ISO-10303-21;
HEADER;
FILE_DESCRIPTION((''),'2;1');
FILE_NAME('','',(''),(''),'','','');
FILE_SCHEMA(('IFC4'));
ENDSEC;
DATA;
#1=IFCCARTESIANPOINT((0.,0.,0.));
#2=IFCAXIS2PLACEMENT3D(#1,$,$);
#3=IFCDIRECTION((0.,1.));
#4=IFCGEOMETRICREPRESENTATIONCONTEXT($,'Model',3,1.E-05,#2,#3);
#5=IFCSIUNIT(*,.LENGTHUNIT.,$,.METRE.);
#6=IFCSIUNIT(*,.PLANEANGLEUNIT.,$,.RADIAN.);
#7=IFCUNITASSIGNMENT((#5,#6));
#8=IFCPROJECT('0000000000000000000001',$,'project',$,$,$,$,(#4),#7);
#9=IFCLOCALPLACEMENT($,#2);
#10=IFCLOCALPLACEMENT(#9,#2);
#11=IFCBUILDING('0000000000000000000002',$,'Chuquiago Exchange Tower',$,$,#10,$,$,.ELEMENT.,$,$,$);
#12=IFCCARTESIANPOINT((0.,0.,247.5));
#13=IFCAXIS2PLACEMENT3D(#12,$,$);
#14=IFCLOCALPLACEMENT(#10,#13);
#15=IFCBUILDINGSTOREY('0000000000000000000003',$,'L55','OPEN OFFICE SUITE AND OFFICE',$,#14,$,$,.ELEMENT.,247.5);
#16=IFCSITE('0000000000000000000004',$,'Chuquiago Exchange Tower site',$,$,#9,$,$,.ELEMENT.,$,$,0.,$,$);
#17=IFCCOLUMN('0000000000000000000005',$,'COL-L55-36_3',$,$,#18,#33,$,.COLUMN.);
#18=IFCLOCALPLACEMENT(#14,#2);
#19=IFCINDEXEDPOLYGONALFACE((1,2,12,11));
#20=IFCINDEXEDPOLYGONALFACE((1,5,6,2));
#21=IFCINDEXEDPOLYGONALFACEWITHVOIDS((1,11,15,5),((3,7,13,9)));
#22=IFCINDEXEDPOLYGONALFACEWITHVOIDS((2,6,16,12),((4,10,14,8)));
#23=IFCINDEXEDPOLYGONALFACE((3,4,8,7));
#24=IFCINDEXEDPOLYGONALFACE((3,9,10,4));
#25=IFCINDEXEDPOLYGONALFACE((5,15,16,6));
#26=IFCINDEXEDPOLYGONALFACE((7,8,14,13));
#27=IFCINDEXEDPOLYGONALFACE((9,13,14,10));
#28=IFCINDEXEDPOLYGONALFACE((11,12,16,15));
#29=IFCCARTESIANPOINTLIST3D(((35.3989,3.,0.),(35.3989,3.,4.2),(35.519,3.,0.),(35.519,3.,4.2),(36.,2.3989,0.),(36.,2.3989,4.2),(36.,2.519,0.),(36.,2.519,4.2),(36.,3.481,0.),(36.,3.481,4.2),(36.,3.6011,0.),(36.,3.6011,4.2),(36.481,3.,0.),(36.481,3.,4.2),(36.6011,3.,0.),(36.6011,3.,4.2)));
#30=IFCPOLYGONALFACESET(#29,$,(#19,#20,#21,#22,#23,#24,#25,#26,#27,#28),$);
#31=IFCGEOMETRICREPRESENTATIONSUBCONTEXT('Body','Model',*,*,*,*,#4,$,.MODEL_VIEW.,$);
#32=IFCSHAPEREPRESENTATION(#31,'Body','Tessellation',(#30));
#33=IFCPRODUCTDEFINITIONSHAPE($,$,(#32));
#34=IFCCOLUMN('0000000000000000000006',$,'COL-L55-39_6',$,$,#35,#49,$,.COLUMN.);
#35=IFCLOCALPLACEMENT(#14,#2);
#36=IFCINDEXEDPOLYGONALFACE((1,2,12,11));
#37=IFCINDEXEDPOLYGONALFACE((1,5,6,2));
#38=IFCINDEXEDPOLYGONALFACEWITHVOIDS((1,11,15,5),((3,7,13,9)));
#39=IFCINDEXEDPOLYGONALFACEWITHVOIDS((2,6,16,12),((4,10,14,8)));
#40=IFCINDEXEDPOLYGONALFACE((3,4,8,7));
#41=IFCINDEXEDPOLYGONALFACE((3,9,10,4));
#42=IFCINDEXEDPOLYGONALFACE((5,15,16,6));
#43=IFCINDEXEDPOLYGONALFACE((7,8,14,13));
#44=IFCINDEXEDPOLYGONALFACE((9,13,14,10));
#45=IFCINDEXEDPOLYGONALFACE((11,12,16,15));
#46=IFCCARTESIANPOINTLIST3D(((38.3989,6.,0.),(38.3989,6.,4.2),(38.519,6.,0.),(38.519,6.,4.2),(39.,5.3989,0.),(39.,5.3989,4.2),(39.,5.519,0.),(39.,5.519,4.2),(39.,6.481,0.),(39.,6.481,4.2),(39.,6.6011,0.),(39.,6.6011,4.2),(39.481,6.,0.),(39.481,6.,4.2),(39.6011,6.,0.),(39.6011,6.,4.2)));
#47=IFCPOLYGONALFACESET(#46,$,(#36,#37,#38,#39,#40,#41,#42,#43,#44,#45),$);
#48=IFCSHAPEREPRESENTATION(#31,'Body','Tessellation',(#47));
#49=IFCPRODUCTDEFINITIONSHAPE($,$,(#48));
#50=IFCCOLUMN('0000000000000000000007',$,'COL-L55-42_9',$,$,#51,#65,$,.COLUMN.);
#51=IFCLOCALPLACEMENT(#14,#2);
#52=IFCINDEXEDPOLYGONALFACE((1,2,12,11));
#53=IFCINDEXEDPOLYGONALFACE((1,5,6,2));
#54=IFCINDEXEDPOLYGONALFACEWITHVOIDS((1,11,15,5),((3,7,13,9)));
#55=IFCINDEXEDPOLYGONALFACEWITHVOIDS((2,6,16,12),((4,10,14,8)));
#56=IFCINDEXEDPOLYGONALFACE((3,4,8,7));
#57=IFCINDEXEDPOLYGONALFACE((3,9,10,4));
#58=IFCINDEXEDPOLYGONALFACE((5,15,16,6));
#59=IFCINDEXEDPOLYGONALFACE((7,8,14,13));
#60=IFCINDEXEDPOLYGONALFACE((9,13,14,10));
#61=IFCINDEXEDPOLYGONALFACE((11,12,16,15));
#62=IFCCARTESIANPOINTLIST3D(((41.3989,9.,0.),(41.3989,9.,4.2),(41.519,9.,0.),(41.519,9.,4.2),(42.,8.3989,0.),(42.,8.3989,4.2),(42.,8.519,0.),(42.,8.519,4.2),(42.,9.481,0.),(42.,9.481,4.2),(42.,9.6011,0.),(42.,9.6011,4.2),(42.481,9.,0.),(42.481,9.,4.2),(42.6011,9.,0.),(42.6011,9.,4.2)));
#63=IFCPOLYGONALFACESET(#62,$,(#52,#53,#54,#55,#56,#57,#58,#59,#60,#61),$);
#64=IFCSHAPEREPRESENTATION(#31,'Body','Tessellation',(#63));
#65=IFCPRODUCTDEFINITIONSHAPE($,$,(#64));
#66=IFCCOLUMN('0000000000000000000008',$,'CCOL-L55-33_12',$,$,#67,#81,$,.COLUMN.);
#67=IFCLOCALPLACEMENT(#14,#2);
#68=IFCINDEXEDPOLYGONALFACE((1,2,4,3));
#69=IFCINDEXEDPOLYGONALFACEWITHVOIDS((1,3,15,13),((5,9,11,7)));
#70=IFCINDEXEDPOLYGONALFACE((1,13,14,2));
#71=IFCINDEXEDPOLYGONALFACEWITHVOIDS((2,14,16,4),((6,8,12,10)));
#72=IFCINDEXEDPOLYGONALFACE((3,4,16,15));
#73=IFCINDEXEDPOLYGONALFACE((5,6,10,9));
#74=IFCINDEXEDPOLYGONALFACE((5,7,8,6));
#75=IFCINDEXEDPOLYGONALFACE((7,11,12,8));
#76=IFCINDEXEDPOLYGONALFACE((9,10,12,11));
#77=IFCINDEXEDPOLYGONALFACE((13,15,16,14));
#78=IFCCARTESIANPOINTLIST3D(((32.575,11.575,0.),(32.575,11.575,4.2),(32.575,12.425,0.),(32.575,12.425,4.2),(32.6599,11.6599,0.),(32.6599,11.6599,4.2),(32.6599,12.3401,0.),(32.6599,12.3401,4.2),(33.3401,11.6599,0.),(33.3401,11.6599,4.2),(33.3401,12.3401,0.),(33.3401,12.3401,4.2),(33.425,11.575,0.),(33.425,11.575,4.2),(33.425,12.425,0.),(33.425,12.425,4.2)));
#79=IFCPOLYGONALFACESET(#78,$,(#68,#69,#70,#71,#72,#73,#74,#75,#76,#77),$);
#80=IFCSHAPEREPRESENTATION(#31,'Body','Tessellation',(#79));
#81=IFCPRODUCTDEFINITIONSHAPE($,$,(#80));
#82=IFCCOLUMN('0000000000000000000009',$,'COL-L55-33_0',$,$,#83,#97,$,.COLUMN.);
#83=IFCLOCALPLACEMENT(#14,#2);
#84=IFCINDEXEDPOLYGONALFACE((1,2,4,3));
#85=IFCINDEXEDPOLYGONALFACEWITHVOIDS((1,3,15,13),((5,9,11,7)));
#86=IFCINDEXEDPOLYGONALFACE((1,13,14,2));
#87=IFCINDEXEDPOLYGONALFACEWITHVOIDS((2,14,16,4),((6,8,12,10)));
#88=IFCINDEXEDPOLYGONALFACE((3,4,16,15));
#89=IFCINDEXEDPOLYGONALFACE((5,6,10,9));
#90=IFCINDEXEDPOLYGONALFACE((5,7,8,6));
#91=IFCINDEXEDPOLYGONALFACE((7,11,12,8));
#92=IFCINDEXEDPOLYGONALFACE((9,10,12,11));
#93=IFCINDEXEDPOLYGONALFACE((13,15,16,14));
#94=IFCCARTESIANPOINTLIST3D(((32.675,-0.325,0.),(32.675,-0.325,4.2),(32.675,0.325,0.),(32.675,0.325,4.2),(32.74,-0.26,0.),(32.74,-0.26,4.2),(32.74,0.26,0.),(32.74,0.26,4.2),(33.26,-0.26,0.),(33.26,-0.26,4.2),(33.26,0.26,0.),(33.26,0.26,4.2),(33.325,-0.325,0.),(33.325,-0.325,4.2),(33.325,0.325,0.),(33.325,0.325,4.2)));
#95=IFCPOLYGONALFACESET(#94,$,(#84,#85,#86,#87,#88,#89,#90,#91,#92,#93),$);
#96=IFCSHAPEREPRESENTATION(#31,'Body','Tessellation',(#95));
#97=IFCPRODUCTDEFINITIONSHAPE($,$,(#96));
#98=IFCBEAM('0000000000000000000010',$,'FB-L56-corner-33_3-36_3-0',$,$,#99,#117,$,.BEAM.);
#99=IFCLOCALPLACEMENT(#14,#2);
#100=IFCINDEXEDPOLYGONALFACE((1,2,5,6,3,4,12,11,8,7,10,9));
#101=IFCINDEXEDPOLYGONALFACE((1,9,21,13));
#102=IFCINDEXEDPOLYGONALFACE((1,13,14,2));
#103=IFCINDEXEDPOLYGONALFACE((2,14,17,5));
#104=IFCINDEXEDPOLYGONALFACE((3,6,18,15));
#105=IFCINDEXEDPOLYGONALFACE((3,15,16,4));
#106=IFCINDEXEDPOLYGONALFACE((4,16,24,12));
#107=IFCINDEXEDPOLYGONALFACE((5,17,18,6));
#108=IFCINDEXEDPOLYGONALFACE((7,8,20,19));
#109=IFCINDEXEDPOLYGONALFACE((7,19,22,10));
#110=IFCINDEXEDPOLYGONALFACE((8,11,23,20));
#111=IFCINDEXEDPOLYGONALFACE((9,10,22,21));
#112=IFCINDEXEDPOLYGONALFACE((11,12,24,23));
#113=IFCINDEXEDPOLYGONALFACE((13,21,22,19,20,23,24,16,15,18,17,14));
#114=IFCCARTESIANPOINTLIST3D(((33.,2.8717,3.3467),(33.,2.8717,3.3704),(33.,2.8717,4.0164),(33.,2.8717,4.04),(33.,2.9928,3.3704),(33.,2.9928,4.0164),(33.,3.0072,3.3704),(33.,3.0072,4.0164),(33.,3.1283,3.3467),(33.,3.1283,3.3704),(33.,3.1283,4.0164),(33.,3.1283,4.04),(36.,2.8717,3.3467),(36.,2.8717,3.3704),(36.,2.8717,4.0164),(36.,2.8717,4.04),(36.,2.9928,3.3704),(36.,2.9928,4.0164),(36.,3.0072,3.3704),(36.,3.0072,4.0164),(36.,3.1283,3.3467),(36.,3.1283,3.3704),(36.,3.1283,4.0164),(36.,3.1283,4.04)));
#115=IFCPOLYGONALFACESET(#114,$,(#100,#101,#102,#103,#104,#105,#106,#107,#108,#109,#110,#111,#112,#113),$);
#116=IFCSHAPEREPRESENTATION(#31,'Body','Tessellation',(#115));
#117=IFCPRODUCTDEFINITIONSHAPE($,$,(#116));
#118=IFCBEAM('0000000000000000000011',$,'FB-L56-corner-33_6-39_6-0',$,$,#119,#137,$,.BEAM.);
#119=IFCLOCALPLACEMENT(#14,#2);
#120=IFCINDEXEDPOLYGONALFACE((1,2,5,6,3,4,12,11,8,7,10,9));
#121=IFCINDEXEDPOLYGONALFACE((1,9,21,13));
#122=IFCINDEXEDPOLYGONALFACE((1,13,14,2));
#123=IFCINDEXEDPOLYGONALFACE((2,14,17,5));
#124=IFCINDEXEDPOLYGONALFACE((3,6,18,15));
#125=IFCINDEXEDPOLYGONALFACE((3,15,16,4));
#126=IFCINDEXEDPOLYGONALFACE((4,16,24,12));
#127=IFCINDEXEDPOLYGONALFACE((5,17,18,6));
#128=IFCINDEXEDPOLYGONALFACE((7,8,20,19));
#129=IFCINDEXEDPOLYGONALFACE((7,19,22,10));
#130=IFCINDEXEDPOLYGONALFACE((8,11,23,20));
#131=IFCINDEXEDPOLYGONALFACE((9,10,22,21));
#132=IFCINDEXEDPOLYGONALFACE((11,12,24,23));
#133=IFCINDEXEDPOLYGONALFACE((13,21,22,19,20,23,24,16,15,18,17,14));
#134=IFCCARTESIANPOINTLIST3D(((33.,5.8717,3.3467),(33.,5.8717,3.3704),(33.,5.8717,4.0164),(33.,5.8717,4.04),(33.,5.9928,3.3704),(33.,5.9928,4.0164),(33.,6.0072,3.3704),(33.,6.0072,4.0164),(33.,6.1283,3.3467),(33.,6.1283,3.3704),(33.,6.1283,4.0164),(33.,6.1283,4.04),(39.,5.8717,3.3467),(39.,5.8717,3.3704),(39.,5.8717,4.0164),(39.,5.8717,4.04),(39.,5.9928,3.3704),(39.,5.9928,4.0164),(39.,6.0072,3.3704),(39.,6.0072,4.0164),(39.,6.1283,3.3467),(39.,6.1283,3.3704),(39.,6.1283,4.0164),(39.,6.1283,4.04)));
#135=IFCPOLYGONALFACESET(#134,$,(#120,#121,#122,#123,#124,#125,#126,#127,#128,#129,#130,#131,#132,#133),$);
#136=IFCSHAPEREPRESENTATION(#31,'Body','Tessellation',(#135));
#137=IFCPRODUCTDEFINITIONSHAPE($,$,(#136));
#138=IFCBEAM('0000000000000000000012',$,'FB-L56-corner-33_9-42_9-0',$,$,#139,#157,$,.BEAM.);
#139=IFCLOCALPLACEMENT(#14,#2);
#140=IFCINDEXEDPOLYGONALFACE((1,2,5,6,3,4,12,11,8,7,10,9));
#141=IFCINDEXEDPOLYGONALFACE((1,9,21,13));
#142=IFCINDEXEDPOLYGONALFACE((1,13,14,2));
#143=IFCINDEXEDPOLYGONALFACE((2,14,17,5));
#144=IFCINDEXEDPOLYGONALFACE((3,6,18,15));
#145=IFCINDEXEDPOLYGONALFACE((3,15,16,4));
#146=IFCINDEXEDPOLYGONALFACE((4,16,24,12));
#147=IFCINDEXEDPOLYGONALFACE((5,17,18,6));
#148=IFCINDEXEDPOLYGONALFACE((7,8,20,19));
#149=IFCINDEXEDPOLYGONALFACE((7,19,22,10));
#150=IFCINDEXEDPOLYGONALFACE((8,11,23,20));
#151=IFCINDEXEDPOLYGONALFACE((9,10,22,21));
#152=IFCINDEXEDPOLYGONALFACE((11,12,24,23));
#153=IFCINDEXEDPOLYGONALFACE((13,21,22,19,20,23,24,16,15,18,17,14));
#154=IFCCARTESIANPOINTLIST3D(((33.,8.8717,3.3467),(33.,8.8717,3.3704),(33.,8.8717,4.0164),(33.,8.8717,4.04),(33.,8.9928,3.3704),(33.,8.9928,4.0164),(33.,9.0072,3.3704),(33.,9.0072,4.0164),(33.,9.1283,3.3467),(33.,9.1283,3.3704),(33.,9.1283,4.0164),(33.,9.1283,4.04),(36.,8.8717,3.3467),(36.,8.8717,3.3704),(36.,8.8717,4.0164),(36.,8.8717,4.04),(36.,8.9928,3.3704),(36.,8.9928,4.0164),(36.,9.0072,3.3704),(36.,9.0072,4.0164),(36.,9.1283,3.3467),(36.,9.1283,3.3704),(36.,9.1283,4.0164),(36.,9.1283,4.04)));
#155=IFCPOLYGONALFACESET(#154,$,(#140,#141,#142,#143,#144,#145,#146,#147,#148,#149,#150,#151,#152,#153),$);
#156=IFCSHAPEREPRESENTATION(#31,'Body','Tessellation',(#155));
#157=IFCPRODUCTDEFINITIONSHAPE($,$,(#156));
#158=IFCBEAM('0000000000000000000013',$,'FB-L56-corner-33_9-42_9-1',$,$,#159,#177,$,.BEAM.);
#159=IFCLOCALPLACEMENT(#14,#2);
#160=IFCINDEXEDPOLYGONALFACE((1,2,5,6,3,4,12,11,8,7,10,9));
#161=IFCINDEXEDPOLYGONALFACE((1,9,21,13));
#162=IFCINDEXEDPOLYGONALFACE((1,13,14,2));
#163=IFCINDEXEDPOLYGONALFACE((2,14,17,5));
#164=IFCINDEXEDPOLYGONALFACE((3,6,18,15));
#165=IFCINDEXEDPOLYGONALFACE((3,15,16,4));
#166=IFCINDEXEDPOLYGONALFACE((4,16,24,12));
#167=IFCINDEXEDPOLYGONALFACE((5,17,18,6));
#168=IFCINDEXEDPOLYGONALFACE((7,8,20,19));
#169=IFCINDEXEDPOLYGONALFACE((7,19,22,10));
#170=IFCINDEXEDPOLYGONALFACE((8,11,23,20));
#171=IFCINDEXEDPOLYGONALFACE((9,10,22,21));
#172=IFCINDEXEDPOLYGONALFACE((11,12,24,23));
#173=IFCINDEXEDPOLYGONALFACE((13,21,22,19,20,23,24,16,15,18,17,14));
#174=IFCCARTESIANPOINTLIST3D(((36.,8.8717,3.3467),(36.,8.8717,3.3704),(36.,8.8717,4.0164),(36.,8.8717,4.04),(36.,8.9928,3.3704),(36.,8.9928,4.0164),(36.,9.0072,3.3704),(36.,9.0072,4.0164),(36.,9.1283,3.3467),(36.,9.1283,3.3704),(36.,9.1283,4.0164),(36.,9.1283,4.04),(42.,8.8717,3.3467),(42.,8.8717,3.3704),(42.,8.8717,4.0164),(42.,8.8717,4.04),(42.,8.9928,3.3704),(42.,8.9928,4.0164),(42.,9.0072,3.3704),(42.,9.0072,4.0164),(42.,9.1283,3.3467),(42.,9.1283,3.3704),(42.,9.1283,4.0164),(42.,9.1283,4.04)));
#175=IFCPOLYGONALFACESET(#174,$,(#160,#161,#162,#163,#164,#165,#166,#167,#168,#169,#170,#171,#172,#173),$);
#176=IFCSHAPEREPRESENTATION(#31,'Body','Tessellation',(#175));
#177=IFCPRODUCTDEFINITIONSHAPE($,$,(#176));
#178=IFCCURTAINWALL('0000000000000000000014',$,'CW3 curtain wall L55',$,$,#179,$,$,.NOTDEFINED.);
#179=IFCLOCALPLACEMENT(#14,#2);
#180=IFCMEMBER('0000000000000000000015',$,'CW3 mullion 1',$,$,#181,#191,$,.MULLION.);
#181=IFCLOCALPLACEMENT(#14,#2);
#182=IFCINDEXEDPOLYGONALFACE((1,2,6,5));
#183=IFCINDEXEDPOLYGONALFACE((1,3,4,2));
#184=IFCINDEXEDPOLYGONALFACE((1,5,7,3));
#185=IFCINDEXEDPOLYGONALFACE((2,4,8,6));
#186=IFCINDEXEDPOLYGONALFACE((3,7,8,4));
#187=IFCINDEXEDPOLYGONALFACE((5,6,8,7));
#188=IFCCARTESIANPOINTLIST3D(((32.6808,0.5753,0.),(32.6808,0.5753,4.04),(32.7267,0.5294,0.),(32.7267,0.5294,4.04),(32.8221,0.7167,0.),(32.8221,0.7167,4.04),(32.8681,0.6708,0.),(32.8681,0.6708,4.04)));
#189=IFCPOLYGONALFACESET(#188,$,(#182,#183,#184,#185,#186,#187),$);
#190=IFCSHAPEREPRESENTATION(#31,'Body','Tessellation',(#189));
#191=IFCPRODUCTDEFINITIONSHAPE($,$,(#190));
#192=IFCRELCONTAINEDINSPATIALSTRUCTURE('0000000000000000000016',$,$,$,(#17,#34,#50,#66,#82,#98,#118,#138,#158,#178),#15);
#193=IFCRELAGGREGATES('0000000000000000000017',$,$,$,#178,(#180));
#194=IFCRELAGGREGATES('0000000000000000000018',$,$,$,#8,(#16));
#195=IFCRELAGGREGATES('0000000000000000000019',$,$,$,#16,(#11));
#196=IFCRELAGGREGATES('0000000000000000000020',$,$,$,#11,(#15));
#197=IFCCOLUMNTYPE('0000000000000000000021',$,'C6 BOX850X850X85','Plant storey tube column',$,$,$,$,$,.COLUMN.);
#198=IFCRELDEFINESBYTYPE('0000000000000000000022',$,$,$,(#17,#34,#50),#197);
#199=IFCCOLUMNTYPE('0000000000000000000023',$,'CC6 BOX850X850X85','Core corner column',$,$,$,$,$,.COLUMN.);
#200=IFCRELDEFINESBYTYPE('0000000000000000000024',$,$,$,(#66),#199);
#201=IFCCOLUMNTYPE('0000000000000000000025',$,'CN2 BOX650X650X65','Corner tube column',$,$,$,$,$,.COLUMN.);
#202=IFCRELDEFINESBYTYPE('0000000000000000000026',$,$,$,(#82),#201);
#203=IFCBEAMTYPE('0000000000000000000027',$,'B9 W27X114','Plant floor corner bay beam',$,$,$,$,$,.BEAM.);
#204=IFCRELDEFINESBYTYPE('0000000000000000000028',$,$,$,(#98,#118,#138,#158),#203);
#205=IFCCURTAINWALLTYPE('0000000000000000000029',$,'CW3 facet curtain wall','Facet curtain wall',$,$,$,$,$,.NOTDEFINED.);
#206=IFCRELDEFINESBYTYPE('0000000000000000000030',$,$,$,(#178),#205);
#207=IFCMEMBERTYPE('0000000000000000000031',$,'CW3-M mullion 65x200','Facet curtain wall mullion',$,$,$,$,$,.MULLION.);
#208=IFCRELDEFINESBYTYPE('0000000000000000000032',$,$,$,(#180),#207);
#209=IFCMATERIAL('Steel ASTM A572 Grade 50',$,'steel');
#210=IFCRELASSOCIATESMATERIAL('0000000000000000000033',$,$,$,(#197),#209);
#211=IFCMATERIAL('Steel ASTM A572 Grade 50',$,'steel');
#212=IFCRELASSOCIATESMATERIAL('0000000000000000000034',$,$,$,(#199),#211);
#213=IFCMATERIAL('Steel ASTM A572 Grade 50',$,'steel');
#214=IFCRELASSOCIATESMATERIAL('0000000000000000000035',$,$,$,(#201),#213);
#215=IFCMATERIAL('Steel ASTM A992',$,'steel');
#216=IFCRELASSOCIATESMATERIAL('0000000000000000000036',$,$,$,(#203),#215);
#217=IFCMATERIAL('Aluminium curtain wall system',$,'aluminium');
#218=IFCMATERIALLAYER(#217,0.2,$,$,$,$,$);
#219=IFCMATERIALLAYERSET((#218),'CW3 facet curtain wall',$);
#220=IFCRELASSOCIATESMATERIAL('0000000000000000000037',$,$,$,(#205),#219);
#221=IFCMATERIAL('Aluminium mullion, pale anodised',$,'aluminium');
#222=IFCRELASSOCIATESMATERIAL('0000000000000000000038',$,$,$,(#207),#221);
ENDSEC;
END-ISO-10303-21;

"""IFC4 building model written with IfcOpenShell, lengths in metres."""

from ifc_helpers import new_model, si_unit, direction, frame, origin, origin_2d, place, context, subcontext, project, spatial, rectangle, hollow_rectangle, i_section, extrude, material, layer, layer_set, material_profile, profile_set, type_object, element, aggregate, save


model = new_model("IFC4")

# Units and contexts
model_context = context("Model", 3, precision=1e-05, world=origin(), true_north=direction((0.0, 1.0)))
body_context = subcontext(model_context, "Body", "Model", "MODEL_VIEW")
ifc_project = project(units=[si_unit("LENGTHUNIT", "METRE"), si_unit("PLANEANGLEUNIT", "RADIAN")], contexts=[model_context])

# Site, building, storey
site_placement = place(None, origin())
site = spatial("IfcSite", under=ifc_project, at=site_placement, Name="Chuquiago Exchange Tower site", CompositionType="ELEMENT", RefElevation=0.0)
building_placement = place(site_placement, origin())
building = spatial("IfcBuilding", under=site, at=building_placement, Name="Chuquiago Exchange Tower", CompositionType="ELEMENT")
storey_placement = place(building_placement, frame((0.0, 0.0, 247.5)))
storey = spatial("IfcBuildingStorey", under=building, at=storey_placement, Name="L55", Description="OPEN OFFICE SUITE AND OFFICE", CompositionType="ELEMENT", Elevation=247.5)

# Columns
ifc_material_1 = material(Name="Steel ASTM A572 Grade 50", Category="steel")
ifc_material_profile_1 = material_profile(ifc_material_1, hollow_rectangle(XDim=0.8501, YDim=0.8501, WallThickness=0.085, at=origin_2d()), Name="BOX850X850X85")
ifc_profile_set_1 = profile_set([ifc_material_profile_1], Name="Steel ASTM A572 Grade 50")
column_type_1 = type_object("IfcColumnType", Name="C6 BOX850X850X85", Description="Plant storey tube column", PredefinedType="COLUMN", material=ifc_profile_set_1)
for number, where, z_axis, x_axis, name in (
    (1, (36.0, 3.0, 0.0), (0.0, 0.0, 1.0), (0.707107, -0.707107, 0.0), "COL-L55-36_3"),
    (2, (39.0, 6.0, 0.0), (0.0, 0.0, 1.0), (0.707107, -0.707107, 0.0), "COL-L55-39_6"),
    (3, (42.0, 9.0, 0.0), (0.0, 0.0, 1.0), (0.707107, -0.707107, 0.0), "COL-L55-42_9"),
):
    element("IfcColumn", number, at=place(storey_placement, frame(where, z_axis=z_axis, x_axis=x_axis)), inside=storey, type_object=column_type_1, Name=name, PredefinedType="COLUMN", context=body_context, shape_type="SweptSolid", body=[
        extrude(hollow_rectangle(XDim=0.8501, YDim=0.8501, WallThickness=0.085, at=origin_2d()), origin(), (0.0, 0.0, 1.0), 4.2),
    ])
ifc_material_2 = material(Name="Steel ASTM A572 Grade 50", Category="steel")
ifc_material_profile_2 = material_profile(ifc_material_2, hollow_rectangle(XDim=0.8501, YDim=0.8501, WallThickness=0.085, at=origin_2d()), Name="BOX850X850X85")
ifc_profile_set_2 = profile_set([ifc_material_profile_2], Name="Steel ASTM A572 Grade 50")
column_type_2 = type_object("IfcColumnType", Name="CC6 BOX850X850X85", Description="Core corner column", PredefinedType="COLUMN", material=ifc_profile_set_2)
column_1_placement = place(storey_placement, frame((33.0, 12.0, 0.0), z_axis=(0.0, 0.0, 1.0), x_axis=(1.0, 0.0, 0.0)))
element("IfcColumn", 4, at=column_1_placement, inside=storey, type_object=column_type_2, Name="CCOL-L55-33_12", PredefinedType="COLUMN", context=body_context, shape_type="SweptSolid", body=[
    extrude(hollow_rectangle(XDim=0.8501, YDim=0.8501, WallThickness=0.085, at=origin_2d()), origin(), (0.0, 0.0, 1.0), 4.2),
])
ifc_material_3 = material(Name="Steel ASTM A572 Grade 50", Category="steel")
ifc_material_profile_3 = material_profile(ifc_material_3, hollow_rectangle(XDim=0.6499, YDim=0.6499, WallThickness=0.0649, at=origin_2d()), Name="BOX650X650X65")
ifc_profile_set_3 = profile_set([ifc_material_profile_3], Name="Steel ASTM A572 Grade 50")
column_type_3 = type_object("IfcColumnType", Name="CN2 BOX650X650X65", Description="Corner tube column", PredefinedType="COLUMN", material=ifc_profile_set_3)
column_2_placement = place(storey_placement, frame((33.0, 0.0, 0.0), z_axis=(0.0, 0.0, 1.0), x_axis=(0.0, -1.0, 0.0)))
element("IfcColumn", 5, at=column_2_placement, inside=storey, type_object=column_type_3, Name="COL-L55-33_0", PredefinedType="COLUMN", context=body_context, shape_type="SweptSolid", body=[
    extrude(hollow_rectangle(XDim=0.6499, YDim=0.6499, WallThickness=0.0649, at=origin_2d()), origin(), (0.0, 0.0, 1.0), 4.2),
])

# Beams
ifc_material_4 = material(Name="Steel ASTM A992", Category="steel")
ifc_material_profile_4 = material_profile(ifc_material_4, i_section(OverallWidth=0.2566, OverallDepth=0.6934, WebThickness=0.0144, FlangeThickness=0.0237, at=origin_2d()), Name="W27X114")
ifc_profile_set_4 = profile_set([ifc_material_profile_4], Name="Steel ASTM A992")
beam_type_1 = type_object("IfcBeamType", Name="B9 W27X114", Description="Plant floor corner bay beam", PredefinedType="BEAM", material=ifc_profile_set_4)
beam_1_placement = place(storey_placement, frame((33.0, 3.0, 3.6934), z_axis=(1.0, 0.0, 0.0), x_axis=(0.0, 1.0, 0.0)))
element("IfcBeam", 6, at=beam_1_placement, inside=storey, type_object=beam_type_1, Name="FB-L56-corner-33_3-36_3-0", PredefinedType="BEAM", context=body_context, shape_type="SweptSolid", body=[
    extrude(i_section(OverallWidth=0.2566, OverallDepth=0.6934, WebThickness=0.0144, FlangeThickness=0.0237, at=origin_2d()), origin(), (0.0, 0.0, 1.0), 3.0),
])
beam_2_placement = place(storey_placement, frame((33.0, 6.0, 3.6934), z_axis=(1.0, 0.0, 0.0), x_axis=(0.0, 1.0, 0.0)))
element("IfcBeam", 7, at=beam_2_placement, inside=storey, type_object=beam_type_1, Name="FB-L56-corner-33_6-39_6-0", PredefinedType="BEAM", context=body_context, shape_type="SweptSolid", body=[
    extrude(i_section(OverallWidth=0.2566, OverallDepth=0.6934, WebThickness=0.0144, FlangeThickness=0.0237, at=origin_2d()), origin(), (0.0, 0.0, 1.0), 6.0),
])
beam_3_placement = place(storey_placement, frame((33.0, 9.0, 3.6934), z_axis=(1.0, 0.0, 0.0), x_axis=(0.0, 1.0, 0.0)))
element("IfcBeam", 8, at=beam_3_placement, inside=storey, type_object=beam_type_1, Name="FB-L56-corner-33_9-42_9-0", PredefinedType="BEAM", context=body_context, shape_type="SweptSolid", body=[
    extrude(i_section(OverallWidth=0.2566, OverallDepth=0.6934, WebThickness=0.0144, FlangeThickness=0.0237, at=origin_2d()), origin(), (0.0, 0.0, 1.0), 3.0),
])
beam_4_placement = place(storey_placement, frame((36.0, 9.0, 3.6934), z_axis=(1.0, 0.0, 0.0), x_axis=(0.0, 1.0, 0.0)))
element("IfcBeam", 9, at=beam_4_placement, inside=storey, type_object=beam_type_1, Name="FB-L56-corner-33_9-42_9-1", PredefinedType="BEAM", context=body_context, shape_type="SweptSolid", body=[
    extrude(i_section(OverallWidth=0.2566, OverallDepth=0.6934, WebThickness=0.0144, FlangeThickness=0.0237, at=origin_2d()), origin(), (0.0, 0.0, 1.0), 6.0),
])

# Curtain wall, member
ifc_material_5 = material(Name="Aluminium curtain wall system", Category="aluminium")
ifc_layer_1 = layer(ifc_material_5, 0.2)
ifc_layer_set_1 = layer_set([ifc_layer_1], Name="CW3 facet curtain wall")
curtain_wall_type = type_object("IfcCurtainWallType", Name="CW3 facet curtain wall", Description="Facet curtain wall", PredefinedType="NOTDEFINED", material=ifc_layer_set_1)
curtain_wall_placement = place(storey_placement, origin())
curtain_wall = element("IfcCurtainWall", 10, at=curtain_wall_placement, inside=storey, type_object=curtain_wall_type, Name="CW3 curtain wall L55", PredefinedType="NOTDEFINED")
ifc_material_6 = material(Name="Aluminium mullion, pale anodised", Category="aluminium")
ifc_material_profile_5 = material_profile(ifc_material_6, rectangle(XDim=0.0649, YDim=0.2, at=origin_2d()), Name="AL 65x200")
ifc_profile_set_5 = profile_set([ifc_material_profile_5], Name="Aluminium mullion, pale anodised")
member_type_1 = type_object("IfcMemberType", Name="CW3-M mullion 65x200", Description="Facet curtain wall mullion", PredefinedType="MULLION", material=ifc_profile_set_5)
member_1_placement = place(storey_placement, frame((32.7744, 0.623, 0.0), z_axis=(0.0, 0.0, 1.0), x_axis=(-0.707107, 0.707107, 0.0)))
member_1 = element("IfcMember", 11, at=member_1_placement, type_object=member_type_1, Name="CW3 mullion 1", PredefinedType="MULLION", context=body_context, shape_type="SweptSolid", body=[
    extrude(rectangle(XDim=0.0649, YDim=0.2, at=origin_2d()), origin(), (0.0, 0.0, 1.0), 4.04),
])

aggregate(curtain_wall, [member_1])

save(model, "model.ifc")
